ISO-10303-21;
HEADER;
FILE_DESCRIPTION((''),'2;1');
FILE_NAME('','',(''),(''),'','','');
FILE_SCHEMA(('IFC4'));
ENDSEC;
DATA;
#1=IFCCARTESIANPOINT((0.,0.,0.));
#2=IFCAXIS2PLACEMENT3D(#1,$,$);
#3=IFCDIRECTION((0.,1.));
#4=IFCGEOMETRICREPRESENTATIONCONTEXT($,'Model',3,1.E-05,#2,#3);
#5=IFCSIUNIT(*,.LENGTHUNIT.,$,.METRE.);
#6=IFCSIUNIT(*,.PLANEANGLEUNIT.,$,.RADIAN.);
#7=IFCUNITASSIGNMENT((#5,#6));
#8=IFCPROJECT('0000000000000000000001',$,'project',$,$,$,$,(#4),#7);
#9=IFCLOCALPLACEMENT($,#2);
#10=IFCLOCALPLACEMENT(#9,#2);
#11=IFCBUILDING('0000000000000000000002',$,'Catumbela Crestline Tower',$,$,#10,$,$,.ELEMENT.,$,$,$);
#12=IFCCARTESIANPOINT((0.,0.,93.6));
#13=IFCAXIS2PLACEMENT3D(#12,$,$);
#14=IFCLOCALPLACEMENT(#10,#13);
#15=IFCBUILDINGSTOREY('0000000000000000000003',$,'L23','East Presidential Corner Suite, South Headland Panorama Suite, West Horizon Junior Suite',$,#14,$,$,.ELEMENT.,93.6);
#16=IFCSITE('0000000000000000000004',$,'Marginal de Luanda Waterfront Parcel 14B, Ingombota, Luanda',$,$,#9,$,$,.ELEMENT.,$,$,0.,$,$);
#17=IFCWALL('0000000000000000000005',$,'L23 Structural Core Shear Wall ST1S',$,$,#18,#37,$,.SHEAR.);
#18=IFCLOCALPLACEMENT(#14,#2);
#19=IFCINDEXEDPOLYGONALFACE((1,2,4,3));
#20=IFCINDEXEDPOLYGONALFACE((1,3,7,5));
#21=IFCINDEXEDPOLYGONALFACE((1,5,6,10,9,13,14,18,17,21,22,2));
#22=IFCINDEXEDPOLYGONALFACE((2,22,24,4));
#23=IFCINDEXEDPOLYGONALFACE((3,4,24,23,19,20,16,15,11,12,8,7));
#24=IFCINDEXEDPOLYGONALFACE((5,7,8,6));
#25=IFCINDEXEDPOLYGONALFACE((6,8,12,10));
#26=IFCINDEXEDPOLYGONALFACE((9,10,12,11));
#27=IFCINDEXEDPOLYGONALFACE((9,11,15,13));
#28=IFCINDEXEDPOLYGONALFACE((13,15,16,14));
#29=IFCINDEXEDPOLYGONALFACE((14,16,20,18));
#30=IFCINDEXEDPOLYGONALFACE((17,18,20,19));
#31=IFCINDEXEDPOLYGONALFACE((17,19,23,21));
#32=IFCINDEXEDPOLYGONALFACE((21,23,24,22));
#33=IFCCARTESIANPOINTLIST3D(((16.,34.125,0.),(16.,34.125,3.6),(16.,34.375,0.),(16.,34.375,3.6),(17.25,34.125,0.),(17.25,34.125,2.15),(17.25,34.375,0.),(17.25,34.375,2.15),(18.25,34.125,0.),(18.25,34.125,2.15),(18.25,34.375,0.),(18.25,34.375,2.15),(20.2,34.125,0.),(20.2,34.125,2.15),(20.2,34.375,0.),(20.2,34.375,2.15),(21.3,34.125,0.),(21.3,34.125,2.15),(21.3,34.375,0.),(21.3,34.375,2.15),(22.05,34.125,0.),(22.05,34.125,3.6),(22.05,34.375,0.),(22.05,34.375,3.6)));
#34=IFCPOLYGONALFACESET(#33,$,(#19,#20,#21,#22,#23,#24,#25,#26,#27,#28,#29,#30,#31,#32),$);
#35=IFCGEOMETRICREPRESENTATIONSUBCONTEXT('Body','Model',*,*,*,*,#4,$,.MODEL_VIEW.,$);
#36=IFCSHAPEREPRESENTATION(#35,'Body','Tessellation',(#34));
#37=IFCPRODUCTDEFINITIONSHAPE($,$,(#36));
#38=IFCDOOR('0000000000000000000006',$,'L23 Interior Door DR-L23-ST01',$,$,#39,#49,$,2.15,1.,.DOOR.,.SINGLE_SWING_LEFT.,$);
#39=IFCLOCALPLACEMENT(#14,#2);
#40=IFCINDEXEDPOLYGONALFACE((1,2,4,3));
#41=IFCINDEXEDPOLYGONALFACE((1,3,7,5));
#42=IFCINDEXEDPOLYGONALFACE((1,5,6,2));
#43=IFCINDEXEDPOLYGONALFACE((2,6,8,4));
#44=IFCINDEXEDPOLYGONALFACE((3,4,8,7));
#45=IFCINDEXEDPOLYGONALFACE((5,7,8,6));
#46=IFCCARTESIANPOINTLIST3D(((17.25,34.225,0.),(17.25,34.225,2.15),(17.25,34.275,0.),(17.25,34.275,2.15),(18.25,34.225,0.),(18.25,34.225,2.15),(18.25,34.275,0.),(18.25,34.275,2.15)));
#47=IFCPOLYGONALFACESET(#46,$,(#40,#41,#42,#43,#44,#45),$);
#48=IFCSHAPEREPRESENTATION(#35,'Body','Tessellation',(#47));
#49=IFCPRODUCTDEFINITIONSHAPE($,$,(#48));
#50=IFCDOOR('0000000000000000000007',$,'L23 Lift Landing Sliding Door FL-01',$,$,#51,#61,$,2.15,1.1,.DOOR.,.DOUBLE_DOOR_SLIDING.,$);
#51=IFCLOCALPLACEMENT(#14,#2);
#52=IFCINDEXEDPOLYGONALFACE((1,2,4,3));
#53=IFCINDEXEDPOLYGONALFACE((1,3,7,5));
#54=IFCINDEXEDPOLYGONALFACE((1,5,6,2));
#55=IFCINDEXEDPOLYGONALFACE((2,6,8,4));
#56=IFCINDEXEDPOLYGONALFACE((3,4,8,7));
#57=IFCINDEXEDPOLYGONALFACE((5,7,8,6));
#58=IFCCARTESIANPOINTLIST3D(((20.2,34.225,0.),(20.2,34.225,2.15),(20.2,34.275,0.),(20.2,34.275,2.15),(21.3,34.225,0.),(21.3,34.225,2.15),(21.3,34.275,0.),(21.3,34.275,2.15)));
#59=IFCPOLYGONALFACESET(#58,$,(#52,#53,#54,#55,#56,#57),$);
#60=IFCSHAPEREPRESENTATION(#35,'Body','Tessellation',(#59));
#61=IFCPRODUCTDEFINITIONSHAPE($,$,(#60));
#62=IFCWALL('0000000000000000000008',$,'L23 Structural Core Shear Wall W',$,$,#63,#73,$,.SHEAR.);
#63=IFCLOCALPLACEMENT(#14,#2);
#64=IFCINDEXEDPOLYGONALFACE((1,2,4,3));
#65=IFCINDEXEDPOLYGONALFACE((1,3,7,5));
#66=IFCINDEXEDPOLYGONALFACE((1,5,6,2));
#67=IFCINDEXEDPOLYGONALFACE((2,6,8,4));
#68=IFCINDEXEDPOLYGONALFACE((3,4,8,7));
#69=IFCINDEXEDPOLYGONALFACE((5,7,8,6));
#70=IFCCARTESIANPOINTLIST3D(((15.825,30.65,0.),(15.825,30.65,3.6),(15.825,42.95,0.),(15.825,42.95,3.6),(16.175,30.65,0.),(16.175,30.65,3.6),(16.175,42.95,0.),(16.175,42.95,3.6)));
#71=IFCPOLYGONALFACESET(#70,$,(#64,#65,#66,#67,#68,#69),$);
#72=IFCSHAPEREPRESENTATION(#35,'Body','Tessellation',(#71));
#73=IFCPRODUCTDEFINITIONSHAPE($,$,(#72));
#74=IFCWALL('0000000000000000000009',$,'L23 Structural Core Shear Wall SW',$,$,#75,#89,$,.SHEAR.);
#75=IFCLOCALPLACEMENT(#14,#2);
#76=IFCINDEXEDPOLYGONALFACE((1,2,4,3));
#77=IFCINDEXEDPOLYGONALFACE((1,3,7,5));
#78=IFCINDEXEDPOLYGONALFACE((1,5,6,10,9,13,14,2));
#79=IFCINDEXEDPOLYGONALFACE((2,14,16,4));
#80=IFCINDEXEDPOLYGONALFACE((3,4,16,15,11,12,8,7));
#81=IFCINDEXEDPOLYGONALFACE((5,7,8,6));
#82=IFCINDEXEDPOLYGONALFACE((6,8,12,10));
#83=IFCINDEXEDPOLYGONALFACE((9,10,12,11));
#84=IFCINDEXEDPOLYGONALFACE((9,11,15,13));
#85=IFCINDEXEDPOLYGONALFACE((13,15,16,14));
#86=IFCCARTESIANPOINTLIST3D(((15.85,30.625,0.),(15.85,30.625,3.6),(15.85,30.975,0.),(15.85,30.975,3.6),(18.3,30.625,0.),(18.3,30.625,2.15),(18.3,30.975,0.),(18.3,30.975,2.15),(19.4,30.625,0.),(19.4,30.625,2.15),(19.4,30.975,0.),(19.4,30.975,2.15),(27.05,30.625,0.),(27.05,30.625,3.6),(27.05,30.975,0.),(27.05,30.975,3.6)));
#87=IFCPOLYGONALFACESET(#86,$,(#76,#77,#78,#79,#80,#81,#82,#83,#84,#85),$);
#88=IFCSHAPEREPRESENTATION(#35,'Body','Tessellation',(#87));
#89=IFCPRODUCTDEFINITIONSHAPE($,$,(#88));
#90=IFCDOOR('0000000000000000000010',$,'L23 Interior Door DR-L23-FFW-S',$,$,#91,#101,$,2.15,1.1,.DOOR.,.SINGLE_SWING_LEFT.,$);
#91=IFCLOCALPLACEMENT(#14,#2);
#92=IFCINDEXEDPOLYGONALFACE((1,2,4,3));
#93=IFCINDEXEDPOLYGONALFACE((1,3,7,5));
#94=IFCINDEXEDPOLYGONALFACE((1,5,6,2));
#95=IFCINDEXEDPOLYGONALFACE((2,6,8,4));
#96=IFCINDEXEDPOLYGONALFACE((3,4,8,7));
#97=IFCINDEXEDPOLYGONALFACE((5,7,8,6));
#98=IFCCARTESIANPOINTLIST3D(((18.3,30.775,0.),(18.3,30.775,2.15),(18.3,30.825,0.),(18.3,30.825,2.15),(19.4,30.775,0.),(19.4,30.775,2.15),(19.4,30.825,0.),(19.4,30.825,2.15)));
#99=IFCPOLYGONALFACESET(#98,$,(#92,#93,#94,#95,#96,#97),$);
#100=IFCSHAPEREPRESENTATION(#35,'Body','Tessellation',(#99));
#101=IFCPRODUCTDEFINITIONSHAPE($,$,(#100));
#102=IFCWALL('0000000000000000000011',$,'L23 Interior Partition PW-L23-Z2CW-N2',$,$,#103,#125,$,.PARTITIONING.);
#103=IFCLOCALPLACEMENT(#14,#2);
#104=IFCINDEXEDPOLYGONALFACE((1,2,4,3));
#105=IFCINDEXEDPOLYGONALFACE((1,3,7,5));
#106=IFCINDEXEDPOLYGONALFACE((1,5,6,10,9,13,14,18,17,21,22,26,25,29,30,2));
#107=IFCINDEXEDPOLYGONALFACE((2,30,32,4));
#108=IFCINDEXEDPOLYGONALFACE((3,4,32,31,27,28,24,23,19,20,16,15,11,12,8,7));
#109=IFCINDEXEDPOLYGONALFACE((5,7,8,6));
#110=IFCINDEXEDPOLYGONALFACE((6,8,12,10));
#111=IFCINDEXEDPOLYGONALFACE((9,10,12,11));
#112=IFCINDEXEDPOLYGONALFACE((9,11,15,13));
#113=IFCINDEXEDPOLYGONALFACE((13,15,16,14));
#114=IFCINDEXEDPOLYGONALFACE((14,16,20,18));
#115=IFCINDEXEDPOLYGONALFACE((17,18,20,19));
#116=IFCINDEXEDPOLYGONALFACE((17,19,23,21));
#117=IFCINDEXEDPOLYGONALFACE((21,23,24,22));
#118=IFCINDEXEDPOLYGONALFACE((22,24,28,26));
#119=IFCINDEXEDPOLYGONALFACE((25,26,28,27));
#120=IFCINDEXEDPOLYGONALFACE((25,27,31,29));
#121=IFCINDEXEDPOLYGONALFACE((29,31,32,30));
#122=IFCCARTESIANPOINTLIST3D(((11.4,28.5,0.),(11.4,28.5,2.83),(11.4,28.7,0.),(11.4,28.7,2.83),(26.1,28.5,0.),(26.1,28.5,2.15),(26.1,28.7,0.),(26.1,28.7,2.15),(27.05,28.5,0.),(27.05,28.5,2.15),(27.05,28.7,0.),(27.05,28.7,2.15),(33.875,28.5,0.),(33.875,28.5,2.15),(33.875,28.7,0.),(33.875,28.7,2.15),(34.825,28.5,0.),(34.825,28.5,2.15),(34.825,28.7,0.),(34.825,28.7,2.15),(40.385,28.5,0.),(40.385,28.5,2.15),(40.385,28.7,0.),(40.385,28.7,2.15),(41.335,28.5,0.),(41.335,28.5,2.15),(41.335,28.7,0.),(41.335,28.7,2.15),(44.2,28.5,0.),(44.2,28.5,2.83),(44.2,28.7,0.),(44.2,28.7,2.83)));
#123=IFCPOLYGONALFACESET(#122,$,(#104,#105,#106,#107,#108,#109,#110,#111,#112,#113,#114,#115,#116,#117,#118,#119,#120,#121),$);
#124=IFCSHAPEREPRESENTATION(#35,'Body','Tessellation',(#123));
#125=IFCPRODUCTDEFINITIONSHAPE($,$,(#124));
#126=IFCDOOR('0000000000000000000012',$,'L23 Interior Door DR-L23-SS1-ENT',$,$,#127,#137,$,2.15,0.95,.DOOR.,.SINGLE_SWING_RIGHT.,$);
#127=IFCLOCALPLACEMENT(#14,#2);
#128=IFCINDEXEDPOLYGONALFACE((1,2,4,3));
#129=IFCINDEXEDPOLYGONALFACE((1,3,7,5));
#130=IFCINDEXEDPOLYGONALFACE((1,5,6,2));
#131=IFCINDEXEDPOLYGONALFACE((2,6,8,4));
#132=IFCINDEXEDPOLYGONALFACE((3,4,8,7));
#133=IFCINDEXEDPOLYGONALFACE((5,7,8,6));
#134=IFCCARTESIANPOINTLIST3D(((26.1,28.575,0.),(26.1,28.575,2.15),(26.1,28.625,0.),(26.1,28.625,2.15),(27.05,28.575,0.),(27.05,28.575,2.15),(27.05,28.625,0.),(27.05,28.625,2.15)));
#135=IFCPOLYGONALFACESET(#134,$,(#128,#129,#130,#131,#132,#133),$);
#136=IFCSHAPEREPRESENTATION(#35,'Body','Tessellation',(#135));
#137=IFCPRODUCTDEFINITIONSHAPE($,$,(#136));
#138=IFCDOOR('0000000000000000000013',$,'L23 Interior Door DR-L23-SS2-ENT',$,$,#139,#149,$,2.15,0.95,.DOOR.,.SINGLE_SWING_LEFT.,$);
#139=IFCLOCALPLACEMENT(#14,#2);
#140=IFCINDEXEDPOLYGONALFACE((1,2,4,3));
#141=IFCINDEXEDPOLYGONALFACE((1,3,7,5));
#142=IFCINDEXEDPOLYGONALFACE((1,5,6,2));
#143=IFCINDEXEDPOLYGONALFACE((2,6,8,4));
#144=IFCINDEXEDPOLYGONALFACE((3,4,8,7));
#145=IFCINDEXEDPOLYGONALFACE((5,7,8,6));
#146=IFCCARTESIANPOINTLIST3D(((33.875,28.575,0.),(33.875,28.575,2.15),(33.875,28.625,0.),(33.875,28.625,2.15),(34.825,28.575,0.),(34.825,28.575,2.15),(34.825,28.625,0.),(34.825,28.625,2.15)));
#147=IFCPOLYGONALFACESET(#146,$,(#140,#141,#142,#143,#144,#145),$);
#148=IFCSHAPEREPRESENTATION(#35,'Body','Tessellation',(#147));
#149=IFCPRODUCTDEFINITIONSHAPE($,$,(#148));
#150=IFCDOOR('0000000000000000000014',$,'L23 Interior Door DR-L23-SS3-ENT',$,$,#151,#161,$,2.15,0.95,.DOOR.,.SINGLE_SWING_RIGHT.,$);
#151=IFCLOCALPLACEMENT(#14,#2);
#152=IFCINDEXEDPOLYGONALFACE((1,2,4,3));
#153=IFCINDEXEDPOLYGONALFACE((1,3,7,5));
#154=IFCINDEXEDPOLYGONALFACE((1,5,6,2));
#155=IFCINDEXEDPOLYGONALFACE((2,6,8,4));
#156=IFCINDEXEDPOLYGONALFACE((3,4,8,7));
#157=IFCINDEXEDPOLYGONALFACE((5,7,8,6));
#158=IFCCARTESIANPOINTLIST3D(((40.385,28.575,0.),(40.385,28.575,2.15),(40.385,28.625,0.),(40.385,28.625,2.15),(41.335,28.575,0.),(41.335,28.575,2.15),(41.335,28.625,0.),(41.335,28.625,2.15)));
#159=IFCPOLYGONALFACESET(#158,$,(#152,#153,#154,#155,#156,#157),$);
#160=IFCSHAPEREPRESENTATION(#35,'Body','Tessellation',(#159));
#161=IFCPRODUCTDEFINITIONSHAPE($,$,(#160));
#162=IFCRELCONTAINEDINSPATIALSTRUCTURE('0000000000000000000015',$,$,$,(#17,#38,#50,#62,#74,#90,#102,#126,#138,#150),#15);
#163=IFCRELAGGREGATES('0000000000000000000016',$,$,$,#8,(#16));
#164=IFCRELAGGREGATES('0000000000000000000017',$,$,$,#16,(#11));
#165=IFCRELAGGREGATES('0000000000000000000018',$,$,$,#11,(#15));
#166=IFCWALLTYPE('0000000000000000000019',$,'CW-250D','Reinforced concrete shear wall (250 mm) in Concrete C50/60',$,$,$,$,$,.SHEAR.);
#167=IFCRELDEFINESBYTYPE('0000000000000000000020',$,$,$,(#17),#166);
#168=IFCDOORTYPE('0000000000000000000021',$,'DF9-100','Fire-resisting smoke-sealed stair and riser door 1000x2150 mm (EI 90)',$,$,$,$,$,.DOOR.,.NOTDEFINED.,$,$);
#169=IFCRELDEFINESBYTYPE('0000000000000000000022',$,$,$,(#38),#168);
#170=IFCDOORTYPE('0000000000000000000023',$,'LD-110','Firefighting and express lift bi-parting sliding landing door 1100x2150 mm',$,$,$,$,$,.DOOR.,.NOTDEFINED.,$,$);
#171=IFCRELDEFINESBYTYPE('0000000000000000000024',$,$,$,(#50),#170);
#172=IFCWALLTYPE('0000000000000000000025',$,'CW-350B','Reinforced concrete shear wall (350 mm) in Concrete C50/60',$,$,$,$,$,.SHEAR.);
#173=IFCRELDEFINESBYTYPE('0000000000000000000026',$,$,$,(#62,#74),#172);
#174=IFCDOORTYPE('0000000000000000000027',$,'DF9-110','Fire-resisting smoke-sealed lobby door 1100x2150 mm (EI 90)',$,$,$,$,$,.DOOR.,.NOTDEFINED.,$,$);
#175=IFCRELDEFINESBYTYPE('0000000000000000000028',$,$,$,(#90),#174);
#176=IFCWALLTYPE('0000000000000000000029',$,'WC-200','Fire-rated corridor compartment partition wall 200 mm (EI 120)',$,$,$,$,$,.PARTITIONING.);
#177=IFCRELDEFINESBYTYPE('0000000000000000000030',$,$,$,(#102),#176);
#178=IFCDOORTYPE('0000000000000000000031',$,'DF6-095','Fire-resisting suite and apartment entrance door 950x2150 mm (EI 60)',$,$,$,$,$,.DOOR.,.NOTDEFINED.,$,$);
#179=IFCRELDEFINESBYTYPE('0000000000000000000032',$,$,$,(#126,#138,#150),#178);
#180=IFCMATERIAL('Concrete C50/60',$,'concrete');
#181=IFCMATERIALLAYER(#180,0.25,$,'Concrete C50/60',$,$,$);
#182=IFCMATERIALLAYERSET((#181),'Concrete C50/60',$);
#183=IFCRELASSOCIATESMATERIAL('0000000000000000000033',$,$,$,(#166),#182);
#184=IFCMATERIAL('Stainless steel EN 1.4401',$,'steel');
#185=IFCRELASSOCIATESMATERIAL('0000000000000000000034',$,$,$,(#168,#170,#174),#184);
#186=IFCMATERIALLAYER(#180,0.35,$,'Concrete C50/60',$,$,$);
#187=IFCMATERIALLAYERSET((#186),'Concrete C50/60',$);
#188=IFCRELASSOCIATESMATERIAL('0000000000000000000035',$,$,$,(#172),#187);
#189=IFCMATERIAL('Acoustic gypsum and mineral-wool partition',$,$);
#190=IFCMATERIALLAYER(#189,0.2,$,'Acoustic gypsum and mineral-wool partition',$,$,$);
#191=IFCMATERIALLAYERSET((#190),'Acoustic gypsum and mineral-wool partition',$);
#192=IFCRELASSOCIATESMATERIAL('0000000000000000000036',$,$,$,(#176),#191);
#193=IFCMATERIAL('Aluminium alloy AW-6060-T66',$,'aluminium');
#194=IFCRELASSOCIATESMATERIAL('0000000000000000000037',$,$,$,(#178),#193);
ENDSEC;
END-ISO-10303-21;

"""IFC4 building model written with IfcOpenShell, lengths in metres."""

from ifc_helpers import new_model, si_unit, direction, frame, frame_2d, origin, place, context, subcontext, project, spatial, rectangle, extrude, material, layer, layer_set, type_object, element, fill, save


model = new_model("IFC4")

# Units and contexts
model_context = context("Model", 3, precision=1e-05, world=origin(), true_north=direction((0.0, 1.0)))
body_context = subcontext(model_context, "Body", "Model", "MODEL_VIEW")
ifc_project = project(units=[si_unit("LENGTHUNIT", "METRE"), si_unit("PLANEANGLEUNIT", "RADIAN")], contexts=[model_context])

# Site, building, storey
site_placement = place(None, origin())
site = spatial("IfcSite", under=ifc_project, at=site_placement, Name="Marginal de Luanda Waterfront Parcel 14B, Ingombota, Luanda", CompositionType="ELEMENT", RefElevation=0.0)
building_placement = place(site_placement, origin())
building = spatial("IfcBuilding", under=site, at=building_placement, Name="Catumbela Crestline Tower", CompositionType="ELEMENT")
storey_placement = place(building_placement, frame((0.0, 0.0, 93.6)))
storey = spatial("IfcBuildingStorey", under=building, at=storey_placement, Name="L23", Description="East Presidential Corner Suite, South Headland Panorama Suite, West Horizon Junior Suite", CompositionType="ELEMENT", Elevation=93.6)

# Shared definitions
ifc_material_1 = material(Name="Concrete C50/60", Category="concrete")

# Wall, openings, doors
ifc_layer_1 = layer(ifc_material_1, 0.25, Name="Concrete C50/60")
ifc_layer_set_1 = layer_set([ifc_layer_1], Name="Concrete C50/60")
wall_type_1 = type_object("IfcWallType", Name="CW-250D", Description="Reinforced concrete shear wall (250 mm) in Concrete C50/60", PredefinedType="SHEAR", material=ifc_layer_set_1)
wall_1_placement = place(storey_placement, frame((16.0, 34.25, 0.0), z_axis=(0.0, 0.0, 1.0), x_axis=(1.0, 0.0, 0.0)))
wall_1 = element("IfcWall", 1, at=wall_1_placement, inside=storey, type_object=wall_type_1, Name="L23 Structural Core Shear Wall ST1S", PredefinedType="SHEAR", context=body_context, shape_type="SweptSolid", body=[
    extrude(rectangle(XDim=6.05, YDim=0.25, at=frame_2d((3.025, 0.0))), origin(), (0.0, 0.0, 1.0), 3.6),
])
opening_1_placement = place(wall_1_placement, frame((1.25, 0.0, 0.0)))
opening_1 = element("IfcOpeningElement", 2, at=opening_1_placement, cuts=wall_1, PredefinedType="OPENING", context=body_context, shape_type="SweptSolid", body=[
    extrude(rectangle(XDim=1.0, YDim=2.15, at=frame_2d((0.5, 1.075))), frame((0.0, 0.135, 0.0), z_axis=(0.0, -1.0, 0.0), x_axis=(1.0, 0.0, 0.0)), (0.0, 0.0, 1.0), 0.27),
])
opening_2_placement = place(wall_1_placement, frame((4.2, 0.0, 0.0)))
opening_2 = element("IfcOpeningElement", 3, at=opening_2_placement, cuts=wall_1, PredefinedType="OPENING", context=body_context, shape_type="SweptSolid", body=[
    extrude(rectangle(XDim=1.1, YDim=2.15, at=frame_2d((0.55, 1.075))), frame((0.0, 0.135, 0.0), z_axis=(0.0, -1.0, 0.0), x_axis=(1.0, 0.0, 0.0)), (0.0, 0.0, 1.0), 0.27),
])
ifc_material_2 = material(Name="Stainless steel EN 1.4401", Category="steel")
door_type_1 = type_object("IfcDoorType", Name="DF9-100", Description="Fire-resisting smoke-sealed stair and riser door 1000x2150 mm (EI 90)", OperationType="NOTDEFINED", PredefinedType="DOOR", material=ifc_material_2)
door_1_placement = place(opening_1_placement, origin())
door_1 = element("IfcDoor", 4, at=door_1_placement, inside=storey, type_object=door_type_1, Name="L23 Interior Door DR-L23-ST01", OperationType="SINGLE_SWING_LEFT", OverallHeight=2.15, OverallWidth=1.0, PredefinedType="DOOR", context=body_context, shape_type="SweptSolid", body=[
    extrude(rectangle(XDim=1.0, YDim=2.15, at=frame_2d((0.5, 1.075))), frame((0.0, 0.025, 0.0), z_axis=(0.0, -1.0, 0.0), x_axis=(1.0, 0.0, 0.0)), (0.0, 0.0, 1.0), 0.05),
])
fill(opening_1, door_1)
door_type_2 = type_object("IfcDoorType", Name="LD-110", Description="Firefighting and express lift bi-parting sliding landing door 1100x2150 mm", OperationType="NOTDEFINED", PredefinedType="DOOR", material=ifc_material_2)
door_2_placement = place(opening_2_placement, origin())
door_2 = element("IfcDoor", 5, at=door_2_placement, inside=storey, type_object=door_type_2, Name="L23 Lift Landing Sliding Door FL-01", OperationType="DOUBLE_DOOR_SLIDING", OverallHeight=2.15, OverallWidth=1.1, PredefinedType="DOOR", context=body_context, shape_type="SweptSolid", body=[
    extrude(rectangle(XDim=1.1, YDim=2.15, at=frame_2d((0.55, 1.075))), frame((0.0, 0.025, 0.0), z_axis=(0.0, -1.0, 0.0), x_axis=(1.0, 0.0, 0.0)), (0.0, 0.0, 1.0), 0.05),
])
fill(opening_2, door_2)

# Wall
ifc_layer_2 = layer(ifc_material_1, 0.35, Name="Concrete C50/60")
ifc_layer_set_2 = layer_set([ifc_layer_2], Name="Concrete C50/60")
wall_type_2 = type_object("IfcWallType", Name="CW-350B", Description="Reinforced concrete shear wall (350 mm) in Concrete C50/60", PredefinedType="SHEAR", material=ifc_layer_set_2)
wall_2_placement = place(storey_placement, frame((16.0, 30.65, 0.0), z_axis=(0.0, 0.0, 1.0), x_axis=(0.0, 1.0, 0.0)))
element("IfcWall", 6, at=wall_2_placement, inside=storey, type_object=wall_type_2, Name="L23 Structural Core Shear Wall W", PredefinedType="SHEAR", context=body_context, shape_type="SweptSolid", body=[
    extrude(rectangle(XDim=12.3, YDim=0.35, at=frame_2d((6.15, 0.0))), origin(), (0.0, 0.0, 1.0), 3.6),
])

# Wall, opening, door
wall_3_placement = place(storey_placement, frame((15.85, 30.8, 0.0), z_axis=(0.0, 0.0, 1.0), x_axis=(1.0, 0.0, 0.0)))
wall_3 = element("IfcWall", 7, at=wall_3_placement, inside=storey, type_object=wall_type_2, Name="L23 Structural Core Shear Wall SW", PredefinedType="SHEAR", context=body_context, shape_type="SweptSolid", body=[
    extrude(rectangle(XDim=11.2, YDim=0.35, at=frame_2d((5.6, 0.0))), origin(), (0.0, 0.0, 1.0), 3.6),
])
opening_3_placement = place(wall_3_placement, frame((2.45, 0.0, 0.0)))
opening_3 = element("IfcOpeningElement", 8, at=opening_3_placement, cuts=wall_3, PredefinedType="OPENING", context=body_context, shape_type="SweptSolid", body=[
    extrude(rectangle(XDim=1.1, YDim=2.15, at=frame_2d((0.55, 1.075))), frame((0.0, 0.185, 0.0), z_axis=(0.0, -1.0, 0.0), x_axis=(1.0, 0.0, 0.0)), (0.0, 0.0, 1.0), 0.37),
])
door_type_3 = type_object("IfcDoorType", Name="DF9-110", Description="Fire-resisting smoke-sealed lobby door 1100x2150 mm (EI 90)", OperationType="NOTDEFINED", PredefinedType="DOOR", material=ifc_material_2)
door_3_placement = place(opening_3_placement, origin())
door_3 = element("IfcDoor", 9, at=door_3_placement, inside=storey, type_object=door_type_3, Name="L23 Interior Door DR-L23-FFW-S", OperationType="SINGLE_SWING_LEFT", OverallHeight=2.15, OverallWidth=1.1, PredefinedType="DOOR", context=body_context, shape_type="SweptSolid", body=[
    extrude(rectangle(XDim=1.1, YDim=2.15, at=frame_2d((0.55, 1.075))), frame((0.0, 0.025, 0.0), z_axis=(0.0, -1.0, 0.0), x_axis=(1.0, 0.0, 0.0)), (0.0, 0.0, 1.0), 0.05),
])
fill(opening_3, door_3)

# Wall, openings, doors
ifc_material_3 = material(Name="Acoustic gypsum and mineral-wool partition")
ifc_layer_3 = layer(ifc_material_3, 0.2, Name="Acoustic gypsum and mineral-wool partition")
ifc_layer_set_3 = layer_set([ifc_layer_3], Name="Acoustic gypsum and mineral-wool partition")
wall_type_3 = type_object("IfcWallType", Name="WC-200", Description="Fire-rated corridor compartment partition wall 200 mm (EI 120)", PredefinedType="PARTITIONING", material=ifc_layer_set_3)
wall_4_placement = place(storey_placement, frame((11.4, 28.6, 0.0), z_axis=(0.0, 0.0, 1.0), x_axis=(1.0, 0.0, 0.0)))
wall_4 = element("IfcWall", 10, at=wall_4_placement, inside=storey, type_object=wall_type_3, Name="L23 Interior Partition PW-L23-Z2CW-N2", PredefinedType="PARTITIONING", context=body_context, shape_type="SweptSolid", body=[
    extrude(rectangle(XDim=32.8, YDim=0.2, at=frame_2d((16.4, 0.0))), origin(), (0.0, 0.0, 1.0), 2.83),
])
opening_4_placement = place(wall_4_placement, frame((14.7, 0.0, 0.0)))
opening_4 = element("IfcOpeningElement", 11, at=opening_4_placement, cuts=wall_4, PredefinedType="OPENING", context=body_context, shape_type="SweptSolid", body=[
    extrude(rectangle(XDim=0.95, YDim=2.15, at=frame_2d((0.475, 1.075))), frame((0.0, 0.11, 0.0), z_axis=(0.0, -1.0, 0.0), x_axis=(1.0, 0.0, 0.0)), (0.0, 0.0, 1.0), 0.22),
])
opening_5_placement = place(wall_4_placement, frame((22.475, 0.0, 0.0)))
opening_5 = element("IfcOpeningElement", 12, at=opening_5_placement, cuts=wall_4, PredefinedType="OPENING", context=body_context, shape_type="SweptSolid", body=[
    extrude(rectangle(XDim=0.95, YDim=2.15, at=frame_2d((0.475, 1.075))), frame((0.0, 0.11, 0.0), z_axis=(0.0, -1.0, 0.0), x_axis=(1.0, 0.0, 0.0)), (0.0, 0.0, 1.0), 0.22),
])
opening_6_placement = place(wall_4_placement, frame((28.985, 0.0, 0.0)))
opening_6 = element("IfcOpeningElement", 13, at=opening_6_placement, cuts=wall_4, PredefinedType="OPENING", context=body_context, shape_type="SweptSolid", body=[
    extrude(rectangle(XDim=0.95, YDim=2.15, at=frame_2d((0.475, 1.075))), frame((0.0, 0.11, 0.0), z_axis=(0.0, -1.0, 0.0), x_axis=(1.0, 0.0, 0.0)), (0.0, 0.0, 1.0), 0.22),
])
ifc_material_4 = material(Name="Aluminium alloy AW-6060-T66", Category="aluminium")
door_type_4 = type_object("IfcDoorType", Name="DF6-095", Description="Fire-resisting suite and apartment entrance door 950x2150 mm (EI 60)", OperationType="NOTDEFINED", PredefinedType="DOOR", material=ifc_material_4)
door_4_placement = place(opening_4_placement, origin())
door_4 = element("IfcDoor", 14, at=door_4_placement, inside=storey, type_object=door_type_4, Name="L23 Interior Door DR-L23-SS1-ENT", OperationType="SINGLE_SWING_RIGHT", OverallHeight=2.15, OverallWidth=0.95, PredefinedType="DOOR", context=body_context, shape_type="SweptSolid", body=[
    extrude(rectangle(XDim=0.95, YDim=2.15, at=frame_2d((0.475, 1.075))), frame((0.0, 0.025, 0.0), z_axis=(0.0, -1.0, 0.0), x_axis=(1.0, 0.0, 0.0)), (0.0, 0.0, 1.0), 0.05),
])
fill(opening_4, door_4)
door_5_placement = place(opening_5_placement, origin())
door_5 = element("IfcDoor", 15, at=door_5_placement, inside=storey, type_object=door_type_4, Name="L23 Interior Door DR-L23-SS2-ENT", OperationType="SINGLE_SWING_LEFT", OverallHeight=2.15, OverallWidth=0.95, PredefinedType="DOOR", context=body_context, shape_type="SweptSolid", body=[
    extrude(rectangle(XDim=0.95, YDim=2.15, at=frame_2d((0.475, 1.075))), frame((0.0, 0.025, 0.0), z_axis=(0.0, -1.0, 0.0), x_axis=(1.0, 0.0, 0.0)), (0.0, 0.0, 1.0), 0.05),
])
fill(opening_5, door_5)
door_6_placement = place(opening_6_placement, origin())
door_6 = element("IfcDoor", 16, at=door_6_placement, inside=storey, type_object=door_type_4, Name="L23 Interior Door DR-L23-SS3-ENT", OperationType="SINGLE_SWING_RIGHT", OverallHeight=2.15, OverallWidth=0.95, PredefinedType="DOOR", context=body_context, shape_type="SweptSolid", body=[
    extrude(rectangle(XDim=0.95, YDim=2.15, at=frame_2d((0.475, 1.075))), frame((0.0, 0.025, 0.0), z_axis=(0.0, -1.0, 0.0), x_axis=(1.0, 0.0, 0.0)), (0.0, 0.0, 1.0), 0.05),
])
fill(opening_6, door_6)

save(model, "model.ifc")
